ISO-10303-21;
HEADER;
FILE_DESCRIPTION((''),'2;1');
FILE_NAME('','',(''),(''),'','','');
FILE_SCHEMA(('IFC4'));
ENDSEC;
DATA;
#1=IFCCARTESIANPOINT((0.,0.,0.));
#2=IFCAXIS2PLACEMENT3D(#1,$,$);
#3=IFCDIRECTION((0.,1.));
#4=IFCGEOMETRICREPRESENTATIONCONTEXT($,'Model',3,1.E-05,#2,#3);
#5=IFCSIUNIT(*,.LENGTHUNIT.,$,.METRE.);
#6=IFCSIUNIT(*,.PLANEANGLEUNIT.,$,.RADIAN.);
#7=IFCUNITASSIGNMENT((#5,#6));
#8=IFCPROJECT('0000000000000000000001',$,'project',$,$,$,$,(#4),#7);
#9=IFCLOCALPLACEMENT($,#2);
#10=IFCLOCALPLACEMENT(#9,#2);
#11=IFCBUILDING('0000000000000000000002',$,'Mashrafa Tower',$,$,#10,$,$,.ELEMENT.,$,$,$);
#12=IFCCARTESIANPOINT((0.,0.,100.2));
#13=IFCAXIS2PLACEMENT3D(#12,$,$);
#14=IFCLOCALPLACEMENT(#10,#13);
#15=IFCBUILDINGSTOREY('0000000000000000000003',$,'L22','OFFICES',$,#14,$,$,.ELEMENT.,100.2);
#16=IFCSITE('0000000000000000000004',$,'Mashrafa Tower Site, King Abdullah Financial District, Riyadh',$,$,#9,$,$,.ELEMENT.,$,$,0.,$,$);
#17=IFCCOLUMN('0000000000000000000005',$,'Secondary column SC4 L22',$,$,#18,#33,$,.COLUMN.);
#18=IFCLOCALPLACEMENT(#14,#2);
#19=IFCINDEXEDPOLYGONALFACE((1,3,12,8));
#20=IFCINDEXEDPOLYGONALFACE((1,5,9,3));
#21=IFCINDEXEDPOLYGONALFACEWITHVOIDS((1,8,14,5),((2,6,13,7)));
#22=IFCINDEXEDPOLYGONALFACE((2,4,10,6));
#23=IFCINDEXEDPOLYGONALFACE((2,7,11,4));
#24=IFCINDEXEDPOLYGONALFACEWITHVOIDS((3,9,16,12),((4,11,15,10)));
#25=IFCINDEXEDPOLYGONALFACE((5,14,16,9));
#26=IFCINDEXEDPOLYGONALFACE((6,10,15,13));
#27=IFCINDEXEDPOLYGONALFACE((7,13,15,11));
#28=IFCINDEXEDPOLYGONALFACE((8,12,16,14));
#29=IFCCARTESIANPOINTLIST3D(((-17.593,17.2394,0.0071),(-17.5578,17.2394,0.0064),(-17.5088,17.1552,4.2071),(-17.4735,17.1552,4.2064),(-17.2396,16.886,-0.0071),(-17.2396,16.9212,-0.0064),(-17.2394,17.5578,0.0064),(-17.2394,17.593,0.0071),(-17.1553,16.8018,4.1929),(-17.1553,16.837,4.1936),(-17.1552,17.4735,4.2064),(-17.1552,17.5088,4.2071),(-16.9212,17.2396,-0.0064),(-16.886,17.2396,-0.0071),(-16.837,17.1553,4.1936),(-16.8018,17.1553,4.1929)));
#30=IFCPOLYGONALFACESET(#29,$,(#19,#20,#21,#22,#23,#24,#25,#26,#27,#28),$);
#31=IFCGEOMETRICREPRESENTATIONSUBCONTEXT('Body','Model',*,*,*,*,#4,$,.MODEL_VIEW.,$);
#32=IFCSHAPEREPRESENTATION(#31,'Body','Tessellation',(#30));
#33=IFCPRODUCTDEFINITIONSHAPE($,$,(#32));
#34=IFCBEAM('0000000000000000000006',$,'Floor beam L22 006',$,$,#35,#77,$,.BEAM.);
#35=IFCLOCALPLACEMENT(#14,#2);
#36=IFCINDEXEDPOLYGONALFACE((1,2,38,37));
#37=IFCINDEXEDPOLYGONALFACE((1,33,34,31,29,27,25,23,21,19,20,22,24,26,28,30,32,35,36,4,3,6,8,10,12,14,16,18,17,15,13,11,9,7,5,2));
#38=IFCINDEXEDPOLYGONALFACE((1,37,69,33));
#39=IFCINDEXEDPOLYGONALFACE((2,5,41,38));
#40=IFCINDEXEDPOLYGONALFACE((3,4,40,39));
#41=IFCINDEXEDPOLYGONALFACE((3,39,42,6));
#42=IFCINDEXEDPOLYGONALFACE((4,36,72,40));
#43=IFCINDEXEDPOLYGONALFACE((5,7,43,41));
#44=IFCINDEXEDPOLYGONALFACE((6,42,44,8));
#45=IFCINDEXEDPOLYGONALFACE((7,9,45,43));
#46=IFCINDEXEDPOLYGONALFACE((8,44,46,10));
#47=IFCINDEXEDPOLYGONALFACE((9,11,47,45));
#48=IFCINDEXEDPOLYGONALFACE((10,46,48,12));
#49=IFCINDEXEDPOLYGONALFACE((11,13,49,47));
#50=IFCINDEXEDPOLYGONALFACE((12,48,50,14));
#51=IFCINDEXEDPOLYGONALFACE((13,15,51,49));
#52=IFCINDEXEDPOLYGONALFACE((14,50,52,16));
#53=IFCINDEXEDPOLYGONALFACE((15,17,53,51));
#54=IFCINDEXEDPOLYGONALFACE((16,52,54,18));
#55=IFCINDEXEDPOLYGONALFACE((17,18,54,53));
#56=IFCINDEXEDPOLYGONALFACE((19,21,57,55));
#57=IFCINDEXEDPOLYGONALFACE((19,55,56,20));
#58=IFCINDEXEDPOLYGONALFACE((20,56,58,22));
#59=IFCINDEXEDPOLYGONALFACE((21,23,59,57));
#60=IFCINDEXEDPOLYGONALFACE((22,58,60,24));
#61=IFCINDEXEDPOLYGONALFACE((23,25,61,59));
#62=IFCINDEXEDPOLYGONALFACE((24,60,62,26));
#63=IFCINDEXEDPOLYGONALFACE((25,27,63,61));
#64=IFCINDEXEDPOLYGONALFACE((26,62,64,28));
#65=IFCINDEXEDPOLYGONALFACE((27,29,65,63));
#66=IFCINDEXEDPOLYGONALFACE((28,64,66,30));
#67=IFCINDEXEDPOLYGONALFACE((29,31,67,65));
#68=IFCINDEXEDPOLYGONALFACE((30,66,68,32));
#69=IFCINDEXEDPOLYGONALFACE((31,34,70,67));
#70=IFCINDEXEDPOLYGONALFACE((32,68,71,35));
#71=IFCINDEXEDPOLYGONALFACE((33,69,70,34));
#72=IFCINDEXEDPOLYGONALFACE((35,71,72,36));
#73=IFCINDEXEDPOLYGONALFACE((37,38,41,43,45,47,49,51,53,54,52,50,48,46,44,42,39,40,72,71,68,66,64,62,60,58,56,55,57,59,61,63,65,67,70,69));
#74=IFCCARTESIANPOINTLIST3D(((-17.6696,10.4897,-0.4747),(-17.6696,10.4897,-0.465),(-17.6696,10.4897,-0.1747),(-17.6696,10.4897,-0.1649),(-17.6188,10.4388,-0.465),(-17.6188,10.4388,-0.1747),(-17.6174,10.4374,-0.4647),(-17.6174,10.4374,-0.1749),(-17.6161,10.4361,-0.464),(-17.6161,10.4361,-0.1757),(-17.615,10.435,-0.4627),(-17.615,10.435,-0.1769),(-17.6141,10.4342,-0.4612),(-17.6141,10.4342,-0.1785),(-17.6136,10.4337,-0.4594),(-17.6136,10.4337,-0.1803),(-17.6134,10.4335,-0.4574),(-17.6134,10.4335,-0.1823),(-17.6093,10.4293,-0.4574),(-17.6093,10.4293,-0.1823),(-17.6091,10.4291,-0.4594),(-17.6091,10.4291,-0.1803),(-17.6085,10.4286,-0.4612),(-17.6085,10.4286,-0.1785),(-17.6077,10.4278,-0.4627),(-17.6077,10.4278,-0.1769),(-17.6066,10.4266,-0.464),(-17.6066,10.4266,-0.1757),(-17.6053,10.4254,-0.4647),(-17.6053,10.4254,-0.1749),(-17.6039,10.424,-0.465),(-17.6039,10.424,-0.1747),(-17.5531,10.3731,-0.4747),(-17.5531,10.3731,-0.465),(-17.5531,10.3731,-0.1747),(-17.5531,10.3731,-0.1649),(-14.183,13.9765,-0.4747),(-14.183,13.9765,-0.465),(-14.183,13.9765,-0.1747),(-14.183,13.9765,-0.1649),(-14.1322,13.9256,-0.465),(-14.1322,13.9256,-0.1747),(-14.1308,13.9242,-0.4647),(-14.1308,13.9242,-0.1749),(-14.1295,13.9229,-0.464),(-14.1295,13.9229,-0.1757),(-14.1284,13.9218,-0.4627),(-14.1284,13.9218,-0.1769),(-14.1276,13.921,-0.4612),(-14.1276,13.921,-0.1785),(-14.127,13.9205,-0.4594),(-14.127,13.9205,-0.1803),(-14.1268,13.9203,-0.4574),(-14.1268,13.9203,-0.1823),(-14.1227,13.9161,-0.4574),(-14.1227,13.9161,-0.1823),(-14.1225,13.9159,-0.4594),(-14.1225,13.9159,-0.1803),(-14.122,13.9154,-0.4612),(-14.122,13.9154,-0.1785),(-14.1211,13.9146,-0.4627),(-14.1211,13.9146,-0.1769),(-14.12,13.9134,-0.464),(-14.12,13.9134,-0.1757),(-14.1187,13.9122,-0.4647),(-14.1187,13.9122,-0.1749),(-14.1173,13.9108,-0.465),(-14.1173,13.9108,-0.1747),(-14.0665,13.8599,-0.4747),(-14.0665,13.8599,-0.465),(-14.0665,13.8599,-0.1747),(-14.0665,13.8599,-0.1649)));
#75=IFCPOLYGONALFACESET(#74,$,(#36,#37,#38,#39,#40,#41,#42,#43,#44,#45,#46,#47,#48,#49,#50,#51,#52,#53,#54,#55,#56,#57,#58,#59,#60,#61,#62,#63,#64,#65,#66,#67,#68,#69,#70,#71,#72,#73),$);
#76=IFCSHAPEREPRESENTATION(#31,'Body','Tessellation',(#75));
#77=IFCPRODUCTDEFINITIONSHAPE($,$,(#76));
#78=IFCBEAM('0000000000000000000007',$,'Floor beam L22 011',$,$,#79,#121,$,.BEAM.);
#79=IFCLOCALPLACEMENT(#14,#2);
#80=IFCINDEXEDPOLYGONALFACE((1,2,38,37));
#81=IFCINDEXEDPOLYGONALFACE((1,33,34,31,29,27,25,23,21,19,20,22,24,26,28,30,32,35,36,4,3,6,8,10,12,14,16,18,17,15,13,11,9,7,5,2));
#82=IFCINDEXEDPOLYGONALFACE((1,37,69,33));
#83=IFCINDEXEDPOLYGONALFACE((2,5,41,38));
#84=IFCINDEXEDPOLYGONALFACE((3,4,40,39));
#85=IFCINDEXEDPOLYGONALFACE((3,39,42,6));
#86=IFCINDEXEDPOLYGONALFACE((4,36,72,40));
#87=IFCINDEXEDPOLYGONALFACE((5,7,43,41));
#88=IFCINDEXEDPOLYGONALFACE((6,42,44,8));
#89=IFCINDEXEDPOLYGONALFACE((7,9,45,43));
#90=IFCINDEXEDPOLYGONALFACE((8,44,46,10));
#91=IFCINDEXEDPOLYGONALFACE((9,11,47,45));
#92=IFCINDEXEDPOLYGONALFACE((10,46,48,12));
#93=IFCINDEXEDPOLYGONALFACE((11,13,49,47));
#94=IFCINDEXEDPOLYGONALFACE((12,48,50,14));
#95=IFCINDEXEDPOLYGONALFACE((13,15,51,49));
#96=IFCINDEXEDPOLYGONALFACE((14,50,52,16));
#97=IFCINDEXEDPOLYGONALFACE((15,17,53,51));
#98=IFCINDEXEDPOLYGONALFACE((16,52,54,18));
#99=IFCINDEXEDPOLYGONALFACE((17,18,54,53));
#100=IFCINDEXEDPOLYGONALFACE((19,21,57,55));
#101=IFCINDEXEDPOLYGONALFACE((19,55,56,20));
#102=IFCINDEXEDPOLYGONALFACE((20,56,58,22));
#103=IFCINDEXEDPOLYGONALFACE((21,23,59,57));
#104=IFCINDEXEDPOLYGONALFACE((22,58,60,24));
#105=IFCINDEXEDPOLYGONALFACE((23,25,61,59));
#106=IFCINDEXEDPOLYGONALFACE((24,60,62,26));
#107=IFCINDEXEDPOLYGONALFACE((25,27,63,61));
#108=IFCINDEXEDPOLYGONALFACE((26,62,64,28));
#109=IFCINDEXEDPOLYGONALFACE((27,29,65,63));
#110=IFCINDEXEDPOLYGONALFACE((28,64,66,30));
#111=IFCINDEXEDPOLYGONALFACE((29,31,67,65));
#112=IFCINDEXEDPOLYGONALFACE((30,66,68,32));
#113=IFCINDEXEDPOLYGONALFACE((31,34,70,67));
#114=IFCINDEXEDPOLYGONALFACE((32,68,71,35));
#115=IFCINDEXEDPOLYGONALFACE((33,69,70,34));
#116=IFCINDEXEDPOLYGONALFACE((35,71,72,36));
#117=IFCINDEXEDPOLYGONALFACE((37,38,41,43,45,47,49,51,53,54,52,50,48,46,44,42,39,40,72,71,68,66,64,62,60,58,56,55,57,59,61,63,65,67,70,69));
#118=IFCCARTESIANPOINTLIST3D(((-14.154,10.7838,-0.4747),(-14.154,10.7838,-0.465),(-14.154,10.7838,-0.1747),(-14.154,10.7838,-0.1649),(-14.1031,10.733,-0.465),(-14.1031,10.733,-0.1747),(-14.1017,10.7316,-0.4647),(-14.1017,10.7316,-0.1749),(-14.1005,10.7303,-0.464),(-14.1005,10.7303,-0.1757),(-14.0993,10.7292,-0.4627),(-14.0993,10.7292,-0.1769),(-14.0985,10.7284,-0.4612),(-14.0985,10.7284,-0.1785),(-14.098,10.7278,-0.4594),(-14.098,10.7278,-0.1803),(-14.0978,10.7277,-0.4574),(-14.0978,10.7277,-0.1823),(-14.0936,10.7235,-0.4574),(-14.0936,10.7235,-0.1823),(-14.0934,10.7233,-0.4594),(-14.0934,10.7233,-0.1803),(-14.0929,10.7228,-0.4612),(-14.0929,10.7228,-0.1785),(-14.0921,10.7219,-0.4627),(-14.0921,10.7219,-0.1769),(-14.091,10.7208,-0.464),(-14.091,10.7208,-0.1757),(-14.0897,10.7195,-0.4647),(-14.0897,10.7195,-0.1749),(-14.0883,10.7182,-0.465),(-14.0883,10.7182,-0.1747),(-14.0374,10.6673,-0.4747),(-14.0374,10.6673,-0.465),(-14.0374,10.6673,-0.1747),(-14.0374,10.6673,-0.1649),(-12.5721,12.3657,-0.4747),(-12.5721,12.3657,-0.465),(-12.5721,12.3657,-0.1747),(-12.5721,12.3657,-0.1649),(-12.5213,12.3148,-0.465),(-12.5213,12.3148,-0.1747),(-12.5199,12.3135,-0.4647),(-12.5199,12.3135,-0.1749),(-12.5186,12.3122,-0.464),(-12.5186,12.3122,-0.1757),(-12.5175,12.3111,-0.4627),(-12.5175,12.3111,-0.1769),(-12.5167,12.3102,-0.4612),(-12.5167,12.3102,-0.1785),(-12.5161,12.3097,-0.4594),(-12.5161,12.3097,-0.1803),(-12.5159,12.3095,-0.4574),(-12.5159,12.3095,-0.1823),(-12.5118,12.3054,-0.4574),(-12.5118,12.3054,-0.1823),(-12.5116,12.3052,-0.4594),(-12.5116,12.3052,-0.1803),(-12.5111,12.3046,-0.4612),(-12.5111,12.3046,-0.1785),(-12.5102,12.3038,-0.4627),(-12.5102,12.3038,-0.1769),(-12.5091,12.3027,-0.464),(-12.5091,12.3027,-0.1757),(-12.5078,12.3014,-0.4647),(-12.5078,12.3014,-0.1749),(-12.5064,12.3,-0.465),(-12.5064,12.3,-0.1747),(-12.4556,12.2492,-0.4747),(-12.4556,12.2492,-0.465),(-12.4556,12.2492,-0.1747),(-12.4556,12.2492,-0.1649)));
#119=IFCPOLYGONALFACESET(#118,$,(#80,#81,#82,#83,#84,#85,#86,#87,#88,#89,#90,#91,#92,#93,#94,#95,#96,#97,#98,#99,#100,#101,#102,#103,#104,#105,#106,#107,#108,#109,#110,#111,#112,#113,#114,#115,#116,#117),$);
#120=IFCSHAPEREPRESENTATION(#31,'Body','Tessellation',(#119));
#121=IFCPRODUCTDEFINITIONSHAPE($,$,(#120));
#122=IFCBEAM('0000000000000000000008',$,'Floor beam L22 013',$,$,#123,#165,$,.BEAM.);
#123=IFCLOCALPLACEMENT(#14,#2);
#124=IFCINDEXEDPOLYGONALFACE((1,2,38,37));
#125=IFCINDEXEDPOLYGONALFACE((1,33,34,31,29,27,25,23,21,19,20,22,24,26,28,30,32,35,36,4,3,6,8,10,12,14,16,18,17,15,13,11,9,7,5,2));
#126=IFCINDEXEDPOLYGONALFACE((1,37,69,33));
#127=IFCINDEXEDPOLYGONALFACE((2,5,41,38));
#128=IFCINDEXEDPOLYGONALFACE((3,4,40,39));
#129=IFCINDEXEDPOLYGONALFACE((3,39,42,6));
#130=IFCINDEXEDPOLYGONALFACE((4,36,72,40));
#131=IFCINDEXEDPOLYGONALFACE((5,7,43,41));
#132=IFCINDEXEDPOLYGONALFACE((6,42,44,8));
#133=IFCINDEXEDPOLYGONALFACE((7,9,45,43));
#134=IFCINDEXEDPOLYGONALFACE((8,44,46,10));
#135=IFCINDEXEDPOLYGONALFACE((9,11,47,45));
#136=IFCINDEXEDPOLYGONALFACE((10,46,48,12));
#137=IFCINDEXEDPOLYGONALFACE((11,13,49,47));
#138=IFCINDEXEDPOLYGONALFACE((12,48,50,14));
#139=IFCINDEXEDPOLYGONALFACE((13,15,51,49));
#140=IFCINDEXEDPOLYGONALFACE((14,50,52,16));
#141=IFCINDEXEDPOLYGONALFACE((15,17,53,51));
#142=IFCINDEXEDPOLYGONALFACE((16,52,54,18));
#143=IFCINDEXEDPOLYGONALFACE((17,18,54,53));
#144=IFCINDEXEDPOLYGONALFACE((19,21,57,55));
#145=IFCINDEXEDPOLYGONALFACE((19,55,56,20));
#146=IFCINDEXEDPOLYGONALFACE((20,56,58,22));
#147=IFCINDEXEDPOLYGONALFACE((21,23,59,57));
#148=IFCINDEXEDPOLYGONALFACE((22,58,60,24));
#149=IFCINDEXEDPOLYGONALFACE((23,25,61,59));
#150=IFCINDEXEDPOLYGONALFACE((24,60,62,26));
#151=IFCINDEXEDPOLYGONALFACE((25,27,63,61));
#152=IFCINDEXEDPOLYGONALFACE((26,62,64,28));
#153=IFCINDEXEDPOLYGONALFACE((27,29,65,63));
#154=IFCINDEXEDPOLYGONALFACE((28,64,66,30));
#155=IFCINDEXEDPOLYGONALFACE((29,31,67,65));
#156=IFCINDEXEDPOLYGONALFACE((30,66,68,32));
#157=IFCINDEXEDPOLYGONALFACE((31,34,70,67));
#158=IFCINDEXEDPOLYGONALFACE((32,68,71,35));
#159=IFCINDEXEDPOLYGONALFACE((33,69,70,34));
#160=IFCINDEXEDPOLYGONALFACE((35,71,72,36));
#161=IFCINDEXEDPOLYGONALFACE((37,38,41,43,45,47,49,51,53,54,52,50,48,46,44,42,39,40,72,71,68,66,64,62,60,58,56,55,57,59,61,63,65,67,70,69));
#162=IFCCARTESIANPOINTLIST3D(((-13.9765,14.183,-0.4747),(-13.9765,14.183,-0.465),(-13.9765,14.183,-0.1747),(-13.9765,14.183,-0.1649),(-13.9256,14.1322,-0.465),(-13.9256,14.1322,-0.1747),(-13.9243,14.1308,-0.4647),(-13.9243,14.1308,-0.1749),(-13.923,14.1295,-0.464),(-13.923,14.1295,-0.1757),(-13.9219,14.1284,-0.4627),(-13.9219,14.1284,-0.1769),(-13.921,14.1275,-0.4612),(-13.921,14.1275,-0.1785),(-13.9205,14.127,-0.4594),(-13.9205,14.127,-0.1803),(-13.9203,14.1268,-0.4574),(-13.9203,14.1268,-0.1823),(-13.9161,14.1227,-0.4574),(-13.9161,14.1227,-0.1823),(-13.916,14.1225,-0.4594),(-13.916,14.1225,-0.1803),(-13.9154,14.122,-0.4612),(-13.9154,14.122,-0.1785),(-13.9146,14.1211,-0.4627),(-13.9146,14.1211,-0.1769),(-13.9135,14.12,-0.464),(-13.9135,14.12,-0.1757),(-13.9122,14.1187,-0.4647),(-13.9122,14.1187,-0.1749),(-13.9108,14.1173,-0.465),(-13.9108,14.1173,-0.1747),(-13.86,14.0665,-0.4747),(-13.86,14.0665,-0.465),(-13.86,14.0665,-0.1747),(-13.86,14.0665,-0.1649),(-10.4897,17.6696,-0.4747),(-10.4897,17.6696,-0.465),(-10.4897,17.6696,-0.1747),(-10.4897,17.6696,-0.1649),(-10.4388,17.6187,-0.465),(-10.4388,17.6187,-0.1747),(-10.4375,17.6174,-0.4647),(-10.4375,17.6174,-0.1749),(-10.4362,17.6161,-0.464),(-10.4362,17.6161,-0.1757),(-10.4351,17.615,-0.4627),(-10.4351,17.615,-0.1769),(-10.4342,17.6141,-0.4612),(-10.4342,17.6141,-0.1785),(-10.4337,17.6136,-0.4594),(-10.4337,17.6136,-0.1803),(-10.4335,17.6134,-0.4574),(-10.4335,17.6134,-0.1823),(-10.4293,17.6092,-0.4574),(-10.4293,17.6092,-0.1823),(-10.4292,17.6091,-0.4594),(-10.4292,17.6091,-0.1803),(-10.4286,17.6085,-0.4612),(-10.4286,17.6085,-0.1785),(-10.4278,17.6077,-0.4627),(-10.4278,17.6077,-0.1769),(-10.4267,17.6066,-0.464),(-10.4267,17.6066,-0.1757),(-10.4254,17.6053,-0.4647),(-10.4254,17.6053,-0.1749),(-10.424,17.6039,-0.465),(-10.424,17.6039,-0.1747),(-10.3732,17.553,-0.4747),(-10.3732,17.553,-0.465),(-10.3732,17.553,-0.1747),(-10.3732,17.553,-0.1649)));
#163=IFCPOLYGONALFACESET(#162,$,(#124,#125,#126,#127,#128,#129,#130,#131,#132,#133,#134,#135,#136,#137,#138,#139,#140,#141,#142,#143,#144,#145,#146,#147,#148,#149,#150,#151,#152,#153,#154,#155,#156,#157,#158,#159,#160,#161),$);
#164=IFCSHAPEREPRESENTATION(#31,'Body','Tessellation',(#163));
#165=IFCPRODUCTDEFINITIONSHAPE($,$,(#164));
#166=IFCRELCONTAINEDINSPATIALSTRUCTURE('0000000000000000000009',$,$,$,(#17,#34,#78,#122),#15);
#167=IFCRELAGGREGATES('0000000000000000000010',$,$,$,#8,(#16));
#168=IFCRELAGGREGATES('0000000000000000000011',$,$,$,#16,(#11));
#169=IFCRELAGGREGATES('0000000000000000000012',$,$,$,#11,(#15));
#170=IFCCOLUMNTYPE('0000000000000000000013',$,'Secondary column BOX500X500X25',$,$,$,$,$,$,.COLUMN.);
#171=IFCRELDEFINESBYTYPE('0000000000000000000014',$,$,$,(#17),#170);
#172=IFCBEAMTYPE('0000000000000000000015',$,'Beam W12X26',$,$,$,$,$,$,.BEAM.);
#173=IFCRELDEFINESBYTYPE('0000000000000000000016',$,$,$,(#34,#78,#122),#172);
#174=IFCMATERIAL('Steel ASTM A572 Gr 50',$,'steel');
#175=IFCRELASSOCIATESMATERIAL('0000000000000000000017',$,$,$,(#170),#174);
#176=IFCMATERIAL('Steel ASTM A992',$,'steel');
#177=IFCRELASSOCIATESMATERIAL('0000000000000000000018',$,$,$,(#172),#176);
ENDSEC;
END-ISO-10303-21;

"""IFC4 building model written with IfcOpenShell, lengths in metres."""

from ifc_helpers import new_model, si_unit, direction, frame, origin, origin_2d, place, context, subcontext, project, spatial, hollow_rectangle, i_section, extrude, material, material_profile, profile_set, type_object, element, save


model = new_model("IFC4")

# Units and contexts
model_context = context("Model", 3, precision=1e-05, world=origin(), true_north=direction((0.0, 1.0)))
body_context = subcontext(model_context, "Body", "Model", "MODEL_VIEW")
ifc_project = project(units=[si_unit("LENGTHUNIT", "METRE"), si_unit("PLANEANGLEUNIT", "RADIAN")], contexts=[model_context])

# Site, building, storey
site_placement = place(None, origin())
site = spatial("IfcSite", under=ifc_project, at=site_placement, Name="Mashrafa Tower Site, King Abdullah Financial District, Riyadh", CompositionType="ELEMENT", RefElevation=0.0)
building_placement = place(site_placement, origin())
building = spatial("IfcBuilding", under=site, at=building_placement, Name="Mashrafa Tower", CompositionType="ELEMENT")
storey_placement = place(building_placement, frame((0.0, 0.0, 100.2)))
storey = spatial("IfcBuildingStorey", under=building, at=storey_placement, Name="L22", Description="OFFICES", CompositionType="ELEMENT", Elevation=100.2)

# Column
ifc_material_1 = material(Name="Steel ASTM A572 Gr 50", Category="steel")
ifc_material_profile_1 = material_profile(ifc_material_1, hollow_rectangle(XDim=0.5, YDim=0.5, WallThickness=0.0249, at=origin_2d()), Name="BOX500X500X25")
ifc_profile_set_1 = profile_set([ifc_material_profile_1], Name="Steel ASTM A572 Gr 50")
column_type = type_object("IfcColumnType", Name="Secondary column BOX500X500X25", PredefinedType="COLUMN", material=ifc_profile_set_1)
column_placement = place(storey_placement, frame((-17.2395, 17.2395, 0.0), z_axis=(0.020047, -0.020047, 0.999598), x_axis=(0.707107, 0.707107, 0.0)))
element("IfcColumn", 1, at=column_placement, inside=storey, type_object=column_type, Name="Secondary column SC4 L22", PredefinedType="COLUMN", context=body_context, shape_type="SweptSolid", body=[
    extrude(hollow_rectangle(XDim=0.5, YDim=0.5, WallThickness=0.0249, at=origin_2d()), origin(), (0.0, 0.0, 1.0), 4.2017),
])

# Beams
ifc_material_2 = material(Name="Steel ASTM A992", Category="steel")
ifc_material_profile_2 = material_profile(ifc_material_2, i_section(OverallWidth=0.1648, OverallDepth=0.3098, WebThickness=0.0059, FlangeThickness=0.0098, FilletRadius=0.0076, at=origin_2d()), Name="W12X26")
ifc_profile_set_2 = profile_set([ifc_material_profile_2], Name="Steel ASTM A992")
beam_type_1 = type_object("IfcBeamType", Name="Beam W12X26", PredefinedType="BEAM", material=ifc_profile_set_2)
beam_1_placement = place(storey_placement, frame((-17.6113, 10.4314, -0.3198), z_axis=(0.707082, 0.707132, 0.0), x_axis=(-0.707132, 0.707082, 0.0)))
element("IfcBeam", 2, at=beam_1_placement, inside=storey, type_object=beam_type_1, Name="Floor beam L22 006", PredefinedType="BEAM", context=body_context, shape_type="SweptSolid", body=[
    extrude(i_section(OverallWidth=0.1648, OverallDepth=0.3098, WebThickness=0.0059, FlangeThickness=0.0098, FilletRadius=0.0076, at=origin_2d()), origin(), (0.0, 0.0, 1.0), 4.9309),
])
beam_2_placement = place(storey_placement, frame((-14.0957, 10.7256, -0.3198), z_axis=(0.707107, 0.707107, 0.0), x_axis=(-0.707107, 0.707107, 0.0)))
element("IfcBeam", 3, at=beam_2_placement, inside=storey, type_object=beam_type_1, Name="Floor beam L22 011", PredefinedType="BEAM", context=body_context, shape_type="SweptSolid", body=[
    extrude(i_section(OverallWidth=0.1648, OverallDepth=0.3098, WebThickness=0.0059, FlangeThickness=0.0098, FilletRadius=0.0076, at=origin_2d()), origin(), (0.0, 0.0, 1.0), 2.2371),
])
beam_3_placement = place(storey_placement, frame((-13.9182, 14.1248, -0.3198), z_axis=(0.707132, 0.707082, 0.0), x_axis=(-0.707082, 0.707132, 0.0)))
element("IfcBeam", 4, at=beam_3_placement, inside=storey, type_object=beam_type_1, Name="Floor beam L22 013", PredefinedType="BEAM", context=body_context, shape_type="SweptSolid", body=[
    extrude(i_section(OverallWidth=0.1648, OverallDepth=0.3098, WebThickness=0.0059, FlangeThickness=0.0098, FilletRadius=0.0076, at=origin_2d()), origin(), (0.0, 0.0, 1.0), 4.9309),
])

save(model, "model.ifc")
